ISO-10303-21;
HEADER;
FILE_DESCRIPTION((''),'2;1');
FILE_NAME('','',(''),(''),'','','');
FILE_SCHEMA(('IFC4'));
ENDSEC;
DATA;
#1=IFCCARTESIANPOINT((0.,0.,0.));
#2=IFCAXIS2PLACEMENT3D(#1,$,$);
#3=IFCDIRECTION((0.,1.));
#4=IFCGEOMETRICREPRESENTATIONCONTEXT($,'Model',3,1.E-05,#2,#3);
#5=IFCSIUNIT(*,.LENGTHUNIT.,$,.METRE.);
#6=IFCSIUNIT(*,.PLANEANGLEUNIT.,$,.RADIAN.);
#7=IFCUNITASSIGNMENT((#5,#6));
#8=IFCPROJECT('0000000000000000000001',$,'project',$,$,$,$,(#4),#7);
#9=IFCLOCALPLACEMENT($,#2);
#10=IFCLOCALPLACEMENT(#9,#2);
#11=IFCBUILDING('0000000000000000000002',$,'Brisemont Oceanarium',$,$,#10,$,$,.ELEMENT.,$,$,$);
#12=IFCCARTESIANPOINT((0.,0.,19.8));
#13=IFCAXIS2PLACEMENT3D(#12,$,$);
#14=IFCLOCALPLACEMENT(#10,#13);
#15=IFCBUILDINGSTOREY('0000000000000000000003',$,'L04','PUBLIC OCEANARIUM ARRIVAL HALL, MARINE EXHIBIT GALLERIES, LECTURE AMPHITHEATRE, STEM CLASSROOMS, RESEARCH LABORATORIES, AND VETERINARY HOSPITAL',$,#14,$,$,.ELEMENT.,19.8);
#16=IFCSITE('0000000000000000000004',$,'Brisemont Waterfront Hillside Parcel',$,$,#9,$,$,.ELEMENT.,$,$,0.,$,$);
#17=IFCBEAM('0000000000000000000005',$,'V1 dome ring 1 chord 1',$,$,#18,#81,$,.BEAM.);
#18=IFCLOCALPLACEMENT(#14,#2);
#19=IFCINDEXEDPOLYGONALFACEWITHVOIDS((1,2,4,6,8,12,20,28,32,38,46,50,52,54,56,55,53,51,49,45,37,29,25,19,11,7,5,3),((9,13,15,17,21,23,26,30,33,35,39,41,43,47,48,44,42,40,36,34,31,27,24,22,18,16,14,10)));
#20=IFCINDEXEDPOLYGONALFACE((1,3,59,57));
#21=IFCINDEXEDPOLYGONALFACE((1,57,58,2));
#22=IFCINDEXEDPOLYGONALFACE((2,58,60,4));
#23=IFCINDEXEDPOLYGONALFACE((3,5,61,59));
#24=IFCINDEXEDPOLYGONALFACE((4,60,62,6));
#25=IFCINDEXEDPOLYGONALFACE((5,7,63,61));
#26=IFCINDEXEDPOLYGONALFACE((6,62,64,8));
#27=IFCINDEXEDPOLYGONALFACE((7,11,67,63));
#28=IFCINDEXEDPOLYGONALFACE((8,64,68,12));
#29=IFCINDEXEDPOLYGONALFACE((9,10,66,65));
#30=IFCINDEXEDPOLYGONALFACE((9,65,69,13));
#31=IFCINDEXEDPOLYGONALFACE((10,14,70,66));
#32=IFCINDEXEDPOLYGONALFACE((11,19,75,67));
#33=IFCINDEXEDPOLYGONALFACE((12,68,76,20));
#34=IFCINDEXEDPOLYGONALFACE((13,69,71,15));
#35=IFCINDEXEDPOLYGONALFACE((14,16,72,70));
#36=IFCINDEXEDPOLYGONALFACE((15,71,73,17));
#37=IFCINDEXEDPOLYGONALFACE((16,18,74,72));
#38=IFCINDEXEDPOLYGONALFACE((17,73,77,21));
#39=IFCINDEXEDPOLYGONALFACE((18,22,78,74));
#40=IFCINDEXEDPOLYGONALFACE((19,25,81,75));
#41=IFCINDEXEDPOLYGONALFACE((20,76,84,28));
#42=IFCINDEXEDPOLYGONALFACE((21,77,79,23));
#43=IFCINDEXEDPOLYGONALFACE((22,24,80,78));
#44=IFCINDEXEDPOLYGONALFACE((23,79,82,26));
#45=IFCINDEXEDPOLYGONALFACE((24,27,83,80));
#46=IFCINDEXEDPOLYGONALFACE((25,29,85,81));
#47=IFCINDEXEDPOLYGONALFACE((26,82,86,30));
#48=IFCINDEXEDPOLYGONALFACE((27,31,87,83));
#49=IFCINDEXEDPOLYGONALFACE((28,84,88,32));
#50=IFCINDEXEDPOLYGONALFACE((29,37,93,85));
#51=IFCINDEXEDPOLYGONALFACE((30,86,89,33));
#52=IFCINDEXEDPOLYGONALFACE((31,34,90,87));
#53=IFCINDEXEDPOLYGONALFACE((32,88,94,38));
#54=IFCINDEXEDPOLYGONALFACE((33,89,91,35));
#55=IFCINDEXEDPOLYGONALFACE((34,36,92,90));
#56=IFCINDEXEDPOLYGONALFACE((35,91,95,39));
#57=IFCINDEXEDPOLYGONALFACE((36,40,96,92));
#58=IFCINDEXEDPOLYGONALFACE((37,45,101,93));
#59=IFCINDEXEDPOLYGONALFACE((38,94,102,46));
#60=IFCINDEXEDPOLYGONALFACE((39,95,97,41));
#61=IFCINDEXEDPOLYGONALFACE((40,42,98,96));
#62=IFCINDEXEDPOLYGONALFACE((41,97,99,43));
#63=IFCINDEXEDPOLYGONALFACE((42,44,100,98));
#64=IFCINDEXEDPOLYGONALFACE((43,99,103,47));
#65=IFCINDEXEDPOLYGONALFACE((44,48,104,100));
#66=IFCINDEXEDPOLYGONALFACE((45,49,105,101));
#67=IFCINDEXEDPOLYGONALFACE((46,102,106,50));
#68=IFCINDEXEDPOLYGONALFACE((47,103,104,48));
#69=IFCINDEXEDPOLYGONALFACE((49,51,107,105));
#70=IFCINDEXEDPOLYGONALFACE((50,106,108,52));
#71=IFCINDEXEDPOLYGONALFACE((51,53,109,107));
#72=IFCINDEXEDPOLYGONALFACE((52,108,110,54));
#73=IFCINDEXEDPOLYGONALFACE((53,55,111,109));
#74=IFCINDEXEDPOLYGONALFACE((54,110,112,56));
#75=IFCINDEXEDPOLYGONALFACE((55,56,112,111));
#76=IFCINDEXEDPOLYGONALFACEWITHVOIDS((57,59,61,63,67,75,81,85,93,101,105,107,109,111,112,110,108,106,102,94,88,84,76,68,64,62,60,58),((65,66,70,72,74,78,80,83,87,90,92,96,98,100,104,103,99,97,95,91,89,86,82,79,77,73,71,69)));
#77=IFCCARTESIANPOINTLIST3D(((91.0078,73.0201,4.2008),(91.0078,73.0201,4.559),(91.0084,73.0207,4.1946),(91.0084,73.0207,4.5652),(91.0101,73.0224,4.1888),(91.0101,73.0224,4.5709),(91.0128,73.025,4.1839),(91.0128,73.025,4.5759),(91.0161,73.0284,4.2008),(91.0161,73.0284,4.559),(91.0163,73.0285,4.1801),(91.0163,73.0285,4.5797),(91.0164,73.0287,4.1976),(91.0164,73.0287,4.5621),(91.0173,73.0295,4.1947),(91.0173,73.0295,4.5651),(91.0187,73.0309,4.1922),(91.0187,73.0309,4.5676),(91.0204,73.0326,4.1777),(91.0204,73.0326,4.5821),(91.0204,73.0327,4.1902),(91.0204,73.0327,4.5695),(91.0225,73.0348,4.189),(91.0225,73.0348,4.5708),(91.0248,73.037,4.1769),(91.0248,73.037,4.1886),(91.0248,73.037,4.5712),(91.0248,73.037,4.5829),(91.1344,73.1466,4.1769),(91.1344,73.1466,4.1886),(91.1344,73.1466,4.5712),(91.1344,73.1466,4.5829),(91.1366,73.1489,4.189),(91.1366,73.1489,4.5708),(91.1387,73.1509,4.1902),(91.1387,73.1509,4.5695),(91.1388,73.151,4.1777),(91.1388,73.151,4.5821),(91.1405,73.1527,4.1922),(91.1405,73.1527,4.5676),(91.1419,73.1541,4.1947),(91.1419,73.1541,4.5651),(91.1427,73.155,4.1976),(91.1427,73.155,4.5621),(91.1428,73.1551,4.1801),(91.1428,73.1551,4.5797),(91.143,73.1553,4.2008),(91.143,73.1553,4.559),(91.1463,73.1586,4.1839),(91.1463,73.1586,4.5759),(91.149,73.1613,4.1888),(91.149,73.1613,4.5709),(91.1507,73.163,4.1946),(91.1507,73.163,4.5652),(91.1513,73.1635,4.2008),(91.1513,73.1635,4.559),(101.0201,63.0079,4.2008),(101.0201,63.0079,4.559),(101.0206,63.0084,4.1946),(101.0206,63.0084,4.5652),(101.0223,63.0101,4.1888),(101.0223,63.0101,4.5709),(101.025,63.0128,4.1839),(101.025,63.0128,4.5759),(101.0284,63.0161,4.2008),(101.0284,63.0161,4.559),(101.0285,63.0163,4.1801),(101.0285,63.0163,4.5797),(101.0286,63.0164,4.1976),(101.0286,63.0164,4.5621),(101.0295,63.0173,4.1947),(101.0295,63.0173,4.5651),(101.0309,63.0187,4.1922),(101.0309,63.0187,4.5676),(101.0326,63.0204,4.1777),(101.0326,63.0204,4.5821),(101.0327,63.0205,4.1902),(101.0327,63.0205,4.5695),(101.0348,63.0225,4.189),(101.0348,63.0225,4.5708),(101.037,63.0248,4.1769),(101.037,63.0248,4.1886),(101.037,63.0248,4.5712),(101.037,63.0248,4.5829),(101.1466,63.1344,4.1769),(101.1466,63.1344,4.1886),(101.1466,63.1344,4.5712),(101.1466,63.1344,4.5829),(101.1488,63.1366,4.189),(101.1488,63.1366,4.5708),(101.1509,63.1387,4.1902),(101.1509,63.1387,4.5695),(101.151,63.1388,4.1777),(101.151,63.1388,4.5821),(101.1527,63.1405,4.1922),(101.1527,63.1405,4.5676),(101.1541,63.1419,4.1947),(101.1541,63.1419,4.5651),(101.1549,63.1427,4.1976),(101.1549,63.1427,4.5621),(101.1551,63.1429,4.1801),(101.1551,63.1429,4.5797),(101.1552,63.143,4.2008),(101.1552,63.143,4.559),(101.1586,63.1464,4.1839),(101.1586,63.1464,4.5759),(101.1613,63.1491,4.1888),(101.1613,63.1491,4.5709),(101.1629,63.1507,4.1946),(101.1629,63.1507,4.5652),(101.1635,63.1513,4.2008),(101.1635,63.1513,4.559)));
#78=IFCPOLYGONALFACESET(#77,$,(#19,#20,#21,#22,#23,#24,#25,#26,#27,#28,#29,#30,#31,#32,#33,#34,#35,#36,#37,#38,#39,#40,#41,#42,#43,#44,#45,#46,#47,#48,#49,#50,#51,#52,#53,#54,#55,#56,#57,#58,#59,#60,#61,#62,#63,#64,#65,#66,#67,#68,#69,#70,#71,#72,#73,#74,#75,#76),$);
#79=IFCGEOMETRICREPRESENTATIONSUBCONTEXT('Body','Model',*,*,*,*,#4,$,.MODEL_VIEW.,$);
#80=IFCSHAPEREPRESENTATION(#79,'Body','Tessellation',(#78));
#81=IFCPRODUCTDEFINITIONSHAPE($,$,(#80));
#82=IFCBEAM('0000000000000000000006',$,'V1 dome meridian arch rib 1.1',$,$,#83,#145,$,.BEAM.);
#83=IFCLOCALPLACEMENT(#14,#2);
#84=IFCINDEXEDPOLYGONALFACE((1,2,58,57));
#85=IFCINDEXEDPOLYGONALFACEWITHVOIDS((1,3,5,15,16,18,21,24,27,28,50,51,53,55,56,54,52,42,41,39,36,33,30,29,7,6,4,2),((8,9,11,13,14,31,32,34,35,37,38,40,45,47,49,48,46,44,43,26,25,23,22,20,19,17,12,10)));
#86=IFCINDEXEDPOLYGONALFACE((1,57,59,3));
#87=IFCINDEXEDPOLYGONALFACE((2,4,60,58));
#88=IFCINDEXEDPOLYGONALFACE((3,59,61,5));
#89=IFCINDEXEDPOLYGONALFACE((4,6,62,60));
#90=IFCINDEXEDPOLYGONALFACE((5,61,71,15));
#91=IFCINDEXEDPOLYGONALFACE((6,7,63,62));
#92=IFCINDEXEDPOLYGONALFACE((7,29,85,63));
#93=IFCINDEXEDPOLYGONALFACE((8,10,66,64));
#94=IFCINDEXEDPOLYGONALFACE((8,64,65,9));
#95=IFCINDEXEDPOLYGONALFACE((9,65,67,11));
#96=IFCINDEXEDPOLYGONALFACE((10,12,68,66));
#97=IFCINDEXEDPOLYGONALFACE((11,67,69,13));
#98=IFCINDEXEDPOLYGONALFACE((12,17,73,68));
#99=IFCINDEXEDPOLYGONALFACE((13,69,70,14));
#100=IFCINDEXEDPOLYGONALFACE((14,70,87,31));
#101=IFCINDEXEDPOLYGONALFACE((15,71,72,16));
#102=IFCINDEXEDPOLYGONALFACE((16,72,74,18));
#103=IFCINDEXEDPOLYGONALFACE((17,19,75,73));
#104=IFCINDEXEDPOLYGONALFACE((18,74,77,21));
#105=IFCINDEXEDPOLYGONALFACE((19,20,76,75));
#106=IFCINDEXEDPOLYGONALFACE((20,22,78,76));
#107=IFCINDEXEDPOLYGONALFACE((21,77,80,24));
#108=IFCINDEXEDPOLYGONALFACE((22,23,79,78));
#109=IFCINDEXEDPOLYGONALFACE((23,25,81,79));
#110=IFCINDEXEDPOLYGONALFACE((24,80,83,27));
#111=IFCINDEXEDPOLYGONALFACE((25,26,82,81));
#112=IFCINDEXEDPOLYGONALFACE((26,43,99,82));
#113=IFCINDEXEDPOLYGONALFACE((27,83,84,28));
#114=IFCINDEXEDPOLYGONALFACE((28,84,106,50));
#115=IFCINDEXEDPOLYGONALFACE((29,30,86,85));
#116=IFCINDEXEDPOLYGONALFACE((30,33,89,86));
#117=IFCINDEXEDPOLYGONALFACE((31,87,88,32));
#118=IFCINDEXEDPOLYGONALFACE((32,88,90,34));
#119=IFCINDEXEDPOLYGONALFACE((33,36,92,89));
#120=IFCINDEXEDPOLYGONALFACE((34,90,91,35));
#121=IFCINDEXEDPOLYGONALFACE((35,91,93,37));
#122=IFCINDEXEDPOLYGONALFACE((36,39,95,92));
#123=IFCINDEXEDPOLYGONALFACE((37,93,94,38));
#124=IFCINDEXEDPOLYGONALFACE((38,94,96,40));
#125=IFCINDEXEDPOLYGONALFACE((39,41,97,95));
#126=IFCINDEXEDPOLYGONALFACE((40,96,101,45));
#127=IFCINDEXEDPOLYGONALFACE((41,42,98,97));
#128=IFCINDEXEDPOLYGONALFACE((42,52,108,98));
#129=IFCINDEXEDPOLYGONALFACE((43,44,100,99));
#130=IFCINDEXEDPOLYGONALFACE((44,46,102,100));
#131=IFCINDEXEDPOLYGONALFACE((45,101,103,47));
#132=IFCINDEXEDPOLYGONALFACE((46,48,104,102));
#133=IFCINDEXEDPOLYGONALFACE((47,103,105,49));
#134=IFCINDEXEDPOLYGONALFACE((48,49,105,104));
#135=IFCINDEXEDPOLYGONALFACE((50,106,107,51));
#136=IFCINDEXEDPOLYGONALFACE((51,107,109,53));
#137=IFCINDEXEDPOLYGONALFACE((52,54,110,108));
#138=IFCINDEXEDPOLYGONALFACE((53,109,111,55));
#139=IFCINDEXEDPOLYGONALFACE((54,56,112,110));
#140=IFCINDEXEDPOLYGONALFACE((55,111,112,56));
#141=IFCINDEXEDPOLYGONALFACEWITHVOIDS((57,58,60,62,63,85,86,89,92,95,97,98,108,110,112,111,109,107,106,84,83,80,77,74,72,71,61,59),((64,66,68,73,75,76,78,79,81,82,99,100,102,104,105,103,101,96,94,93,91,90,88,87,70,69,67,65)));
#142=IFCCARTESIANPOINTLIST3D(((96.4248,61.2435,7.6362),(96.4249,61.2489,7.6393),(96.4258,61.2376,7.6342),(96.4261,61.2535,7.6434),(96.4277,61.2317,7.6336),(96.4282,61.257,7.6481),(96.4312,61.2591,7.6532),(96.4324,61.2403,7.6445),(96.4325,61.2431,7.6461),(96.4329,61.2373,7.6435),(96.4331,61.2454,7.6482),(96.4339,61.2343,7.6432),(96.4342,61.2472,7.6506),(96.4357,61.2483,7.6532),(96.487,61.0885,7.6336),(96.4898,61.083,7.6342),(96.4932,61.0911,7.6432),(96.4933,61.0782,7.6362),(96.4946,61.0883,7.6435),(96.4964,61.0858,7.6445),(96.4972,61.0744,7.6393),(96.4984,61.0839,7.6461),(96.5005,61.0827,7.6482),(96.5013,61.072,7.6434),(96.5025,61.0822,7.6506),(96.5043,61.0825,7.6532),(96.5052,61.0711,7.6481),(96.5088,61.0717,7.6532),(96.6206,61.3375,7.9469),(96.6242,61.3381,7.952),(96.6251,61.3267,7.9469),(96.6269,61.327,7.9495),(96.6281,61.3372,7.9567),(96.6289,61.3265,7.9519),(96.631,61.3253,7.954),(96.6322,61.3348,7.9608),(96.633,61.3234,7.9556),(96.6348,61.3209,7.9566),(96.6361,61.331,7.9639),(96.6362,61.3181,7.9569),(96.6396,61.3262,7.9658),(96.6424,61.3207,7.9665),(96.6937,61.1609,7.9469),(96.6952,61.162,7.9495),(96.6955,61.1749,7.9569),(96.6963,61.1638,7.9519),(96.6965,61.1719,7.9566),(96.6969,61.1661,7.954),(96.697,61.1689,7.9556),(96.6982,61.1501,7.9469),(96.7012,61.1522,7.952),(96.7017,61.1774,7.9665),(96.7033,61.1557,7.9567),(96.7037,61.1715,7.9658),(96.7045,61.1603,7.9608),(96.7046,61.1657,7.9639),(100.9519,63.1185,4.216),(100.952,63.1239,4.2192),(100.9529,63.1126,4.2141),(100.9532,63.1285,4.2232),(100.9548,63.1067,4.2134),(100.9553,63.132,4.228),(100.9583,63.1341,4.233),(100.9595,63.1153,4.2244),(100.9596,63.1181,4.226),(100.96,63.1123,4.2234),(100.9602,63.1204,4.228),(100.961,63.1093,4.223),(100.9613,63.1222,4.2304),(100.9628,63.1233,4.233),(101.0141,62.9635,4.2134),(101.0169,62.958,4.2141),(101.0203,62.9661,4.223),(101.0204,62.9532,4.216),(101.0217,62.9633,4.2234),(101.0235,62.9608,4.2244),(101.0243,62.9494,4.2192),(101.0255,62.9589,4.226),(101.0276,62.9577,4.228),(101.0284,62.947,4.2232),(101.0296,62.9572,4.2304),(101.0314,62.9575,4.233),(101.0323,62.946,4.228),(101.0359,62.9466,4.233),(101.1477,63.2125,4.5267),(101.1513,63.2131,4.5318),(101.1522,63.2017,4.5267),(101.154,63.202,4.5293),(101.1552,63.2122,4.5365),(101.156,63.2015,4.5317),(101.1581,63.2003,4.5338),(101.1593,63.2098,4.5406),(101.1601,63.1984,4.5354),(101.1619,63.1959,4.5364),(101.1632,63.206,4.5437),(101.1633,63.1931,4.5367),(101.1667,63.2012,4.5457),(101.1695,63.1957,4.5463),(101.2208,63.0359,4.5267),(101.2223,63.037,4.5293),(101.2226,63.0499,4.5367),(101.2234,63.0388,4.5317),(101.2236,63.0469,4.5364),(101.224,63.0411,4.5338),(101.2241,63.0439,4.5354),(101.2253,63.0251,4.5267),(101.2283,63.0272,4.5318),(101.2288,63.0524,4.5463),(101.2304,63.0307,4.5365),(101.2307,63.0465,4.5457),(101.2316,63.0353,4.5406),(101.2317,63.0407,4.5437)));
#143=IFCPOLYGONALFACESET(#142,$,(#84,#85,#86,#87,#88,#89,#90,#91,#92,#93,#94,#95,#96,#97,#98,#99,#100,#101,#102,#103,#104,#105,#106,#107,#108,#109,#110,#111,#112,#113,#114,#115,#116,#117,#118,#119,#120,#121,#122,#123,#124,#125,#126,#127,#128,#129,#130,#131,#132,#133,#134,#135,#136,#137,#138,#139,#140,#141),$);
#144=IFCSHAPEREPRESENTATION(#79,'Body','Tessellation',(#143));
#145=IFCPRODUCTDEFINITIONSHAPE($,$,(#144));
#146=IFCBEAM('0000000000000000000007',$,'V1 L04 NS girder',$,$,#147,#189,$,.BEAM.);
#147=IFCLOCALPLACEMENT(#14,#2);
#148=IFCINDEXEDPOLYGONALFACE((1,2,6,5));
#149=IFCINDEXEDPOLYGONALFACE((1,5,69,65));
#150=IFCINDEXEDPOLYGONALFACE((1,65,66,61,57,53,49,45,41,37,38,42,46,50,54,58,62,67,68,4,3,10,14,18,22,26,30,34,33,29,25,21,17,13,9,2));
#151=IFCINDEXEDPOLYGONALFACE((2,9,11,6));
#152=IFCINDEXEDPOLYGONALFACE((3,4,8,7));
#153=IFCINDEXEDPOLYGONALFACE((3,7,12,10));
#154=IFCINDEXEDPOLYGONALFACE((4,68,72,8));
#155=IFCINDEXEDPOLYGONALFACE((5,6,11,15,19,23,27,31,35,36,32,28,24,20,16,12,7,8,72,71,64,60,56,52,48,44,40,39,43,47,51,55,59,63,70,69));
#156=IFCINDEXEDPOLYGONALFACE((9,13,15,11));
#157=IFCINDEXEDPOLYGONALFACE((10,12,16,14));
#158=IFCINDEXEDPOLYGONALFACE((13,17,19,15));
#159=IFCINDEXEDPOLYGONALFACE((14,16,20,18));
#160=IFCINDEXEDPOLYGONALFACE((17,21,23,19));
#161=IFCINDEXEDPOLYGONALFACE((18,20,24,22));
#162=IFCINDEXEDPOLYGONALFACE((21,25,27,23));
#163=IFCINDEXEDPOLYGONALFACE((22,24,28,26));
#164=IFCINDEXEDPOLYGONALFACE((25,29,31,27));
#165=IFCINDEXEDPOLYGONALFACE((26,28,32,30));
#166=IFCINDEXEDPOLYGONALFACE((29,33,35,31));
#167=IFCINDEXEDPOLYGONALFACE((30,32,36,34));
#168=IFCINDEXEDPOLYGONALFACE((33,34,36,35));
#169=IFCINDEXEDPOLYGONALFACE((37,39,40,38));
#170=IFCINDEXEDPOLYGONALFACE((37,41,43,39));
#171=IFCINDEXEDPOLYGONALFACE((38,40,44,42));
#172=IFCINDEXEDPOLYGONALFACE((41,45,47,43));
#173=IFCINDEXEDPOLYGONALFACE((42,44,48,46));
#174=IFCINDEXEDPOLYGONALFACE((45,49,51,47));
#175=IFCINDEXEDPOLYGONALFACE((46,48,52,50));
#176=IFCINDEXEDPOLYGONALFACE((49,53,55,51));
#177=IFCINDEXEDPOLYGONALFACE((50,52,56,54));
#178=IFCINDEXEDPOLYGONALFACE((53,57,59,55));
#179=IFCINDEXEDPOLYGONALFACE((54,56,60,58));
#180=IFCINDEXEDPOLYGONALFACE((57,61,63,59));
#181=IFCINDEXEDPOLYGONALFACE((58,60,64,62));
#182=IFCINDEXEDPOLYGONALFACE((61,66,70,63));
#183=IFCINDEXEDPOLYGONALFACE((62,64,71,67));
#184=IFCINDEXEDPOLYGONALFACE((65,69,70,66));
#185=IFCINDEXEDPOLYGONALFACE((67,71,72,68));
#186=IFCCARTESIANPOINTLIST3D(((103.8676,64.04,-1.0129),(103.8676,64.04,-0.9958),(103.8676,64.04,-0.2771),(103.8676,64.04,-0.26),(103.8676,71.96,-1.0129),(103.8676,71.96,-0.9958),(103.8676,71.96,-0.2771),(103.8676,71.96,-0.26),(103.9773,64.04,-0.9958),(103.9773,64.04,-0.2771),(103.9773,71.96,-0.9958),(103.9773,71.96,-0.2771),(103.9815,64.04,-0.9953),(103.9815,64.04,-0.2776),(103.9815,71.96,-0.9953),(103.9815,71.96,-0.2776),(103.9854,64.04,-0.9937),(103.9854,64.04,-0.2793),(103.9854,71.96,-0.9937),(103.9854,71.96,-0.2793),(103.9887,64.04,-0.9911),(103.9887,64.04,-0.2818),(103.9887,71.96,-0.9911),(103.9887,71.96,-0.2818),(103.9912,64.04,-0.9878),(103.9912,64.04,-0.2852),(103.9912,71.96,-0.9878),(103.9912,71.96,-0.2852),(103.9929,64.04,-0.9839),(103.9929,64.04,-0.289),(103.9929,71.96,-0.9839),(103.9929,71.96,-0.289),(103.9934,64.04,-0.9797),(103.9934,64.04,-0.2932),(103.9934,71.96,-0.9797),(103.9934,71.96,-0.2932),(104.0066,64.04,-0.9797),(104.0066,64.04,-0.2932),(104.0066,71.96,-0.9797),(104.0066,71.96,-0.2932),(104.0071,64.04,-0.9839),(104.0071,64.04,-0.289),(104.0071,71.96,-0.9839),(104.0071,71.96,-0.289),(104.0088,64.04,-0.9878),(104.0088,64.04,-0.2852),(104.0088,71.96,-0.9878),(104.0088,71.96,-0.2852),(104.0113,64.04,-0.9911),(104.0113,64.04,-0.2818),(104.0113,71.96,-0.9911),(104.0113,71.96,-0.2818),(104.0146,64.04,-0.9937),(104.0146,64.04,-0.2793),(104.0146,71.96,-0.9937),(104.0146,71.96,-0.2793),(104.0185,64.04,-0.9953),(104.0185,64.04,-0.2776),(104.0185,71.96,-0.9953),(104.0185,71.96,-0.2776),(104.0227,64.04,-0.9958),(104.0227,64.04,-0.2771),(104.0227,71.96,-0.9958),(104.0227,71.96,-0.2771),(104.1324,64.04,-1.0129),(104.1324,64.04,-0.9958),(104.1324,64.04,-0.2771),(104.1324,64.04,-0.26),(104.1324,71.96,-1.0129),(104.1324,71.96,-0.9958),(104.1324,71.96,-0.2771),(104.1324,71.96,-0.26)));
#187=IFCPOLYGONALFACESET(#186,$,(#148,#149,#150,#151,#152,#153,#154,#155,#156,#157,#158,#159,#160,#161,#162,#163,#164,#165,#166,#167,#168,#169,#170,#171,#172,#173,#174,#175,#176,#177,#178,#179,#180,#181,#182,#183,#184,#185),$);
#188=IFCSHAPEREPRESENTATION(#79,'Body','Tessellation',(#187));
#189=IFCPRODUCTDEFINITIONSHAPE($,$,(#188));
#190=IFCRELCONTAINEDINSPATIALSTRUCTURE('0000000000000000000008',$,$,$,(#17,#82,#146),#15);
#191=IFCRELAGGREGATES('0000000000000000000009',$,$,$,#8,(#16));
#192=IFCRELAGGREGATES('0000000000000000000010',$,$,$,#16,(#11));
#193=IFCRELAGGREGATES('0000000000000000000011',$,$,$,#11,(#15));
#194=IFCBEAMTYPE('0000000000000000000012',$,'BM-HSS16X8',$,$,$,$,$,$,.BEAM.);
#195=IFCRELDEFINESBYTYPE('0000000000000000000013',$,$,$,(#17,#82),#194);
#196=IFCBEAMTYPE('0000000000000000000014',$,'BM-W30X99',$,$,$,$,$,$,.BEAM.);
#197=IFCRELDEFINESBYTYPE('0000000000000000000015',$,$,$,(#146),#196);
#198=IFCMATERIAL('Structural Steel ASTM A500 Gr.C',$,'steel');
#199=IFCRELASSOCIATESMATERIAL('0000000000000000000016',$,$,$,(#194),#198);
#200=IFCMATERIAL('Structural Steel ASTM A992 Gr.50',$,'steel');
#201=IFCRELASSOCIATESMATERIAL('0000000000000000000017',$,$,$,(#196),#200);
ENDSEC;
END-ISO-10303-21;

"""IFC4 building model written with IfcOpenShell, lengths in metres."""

from ifc_helpers import new_model, si_unit, direction, frame, origin, origin_2d, place, context, subcontext, project, spatial, hollow_rectangle, i_section, extrude, material, material_profile, profile_set, type_object, element, save


model = new_model("IFC4")

# Units and contexts
model_context = context("Model", 3, precision=1e-05, world=origin(), true_north=direction((0.0, 1.0)))
body_context = subcontext(model_context, "Body", "Model", "MODEL_VIEW")
ifc_project = project(units=[si_unit("LENGTHUNIT", "METRE"), si_unit("PLANEANGLEUNIT", "RADIAN")], contexts=[model_context])

# Site, building, storey
site_placement = place(None, origin())
site = spatial("IfcSite", under=ifc_project, at=site_placement, Name="Brisemont Waterfront Hillside Parcel", CompositionType="ELEMENT", RefElevation=0.0)
building_placement = place(site_placement, origin())
building = spatial("IfcBuilding", under=site, at=building_placement, Name="Brisemont Oceanarium", CompositionType="ELEMENT")
storey_placement = place(building_placement, frame((0.0, 0.0, 19.8)))
storey = spatial("IfcBuildingStorey", under=building, at=storey_placement, Name="L04", Description="PUBLIC OCEANARIUM ARRIVAL HALL, MARINE EXHIBIT GALLERIES, LECTURE AMPHITHEATRE, STEM CLASSROOMS, RESEARCH LABORATORIES, AND VETERINARY HOSPITAL", CompositionType="ELEMENT", Elevation=19.8)

# Beams
ifc_material_1 = material(Name="Structural Steel ASTM A500 Gr.C", Category="steel")
ifc_material_profile_1 = material_profile(ifc_material_1, hollow_rectangle(XDim=0.2029, YDim=0.406, WallThickness=0.0117, InnerFilletRadius=0.0122, OuterFilletRadius=0.0239, at=origin_2d()), Name="HSS16X8X1/2")
ifc_profile_set_1 = profile_set([ifc_material_profile_1], Name="Structural Steel ASTM A500 Gr.C")
beam_type_1 = type_object("IfcBeamType", Name="BM-HSS16X8", PredefinedType="BEAM", material=ifc_profile_set_1)
beam_1_placement = place(storey_placement, frame((101.0918, 63.0796, 4.3799), z_axis=(-0.707107, 0.707107, 0.0), x_axis=(-0.707107, -0.707107, 0.0)))
element("IfcBeam", 1, at=beam_1_placement, inside=storey, type_object=beam_type_1, Name="V1 dome ring 1 chord 1", PredefinedType="BEAM", context=body_context, shape_type="SweptSolid", body=[
    extrude(hollow_rectangle(XDim=0.2029, YDim=0.406, WallThickness=0.0117, InnerFilletRadius=0.0122, OuterFilletRadius=0.0239, at=origin_2d()), origin(), (0.0, 0.0, 1.0), 14.1594),
])
beam_2_placement = place(storey_placement, frame((101.0918, 63.0796, 4.3799), z_axis=(-0.757598, -0.313776, 0.572355), x_axis=(0.382651, -0.923893, 0.0)))
element("IfcBeam", 2, at=beam_2_placement, inside=storey, type_object=beam_type_1, Name="V1 dome meridian arch rib 1.1", PredefinedType="BEAM", context=body_context, shape_type="SweptSolid", body=[
    extrude(hollow_rectangle(XDim=0.2029, YDim=0.406, WallThickness=0.0117, InnerFilletRadius=0.0122, OuterFilletRadius=0.0239, at=origin_2d()), origin(), (0.0, 0.0, 1.0), 5.9756),
])
ifc_material_2 = material(Name="Structural Steel ASTM A992 Gr.50", Category="steel")
ifc_material_profile_2 = material_profile(ifc_material_2, i_section(OverallWidth=0.2649, OverallDepth=0.7529, WebThickness=0.0132, FlangeThickness=0.0171, FilletRadius=0.0161, at=origin_2d()), Name="W30X99")
ifc_profile_set_2 = profile_set([ifc_material_profile_2], Name="Structural Steel ASTM A992 Gr.50")
beam_type_2 = type_object("IfcBeamType", Name="BM-W30X99", PredefinedType="BEAM", material=ifc_profile_set_2)
beam_3_placement = place(storey_placement, frame((104.0, 64.04, -0.6365), z_axis=(0.0, 1.0, 0.0), x_axis=(-1.0, 0.0, 0.0)))
element("IfcBeam", 3, at=beam_3_placement, inside=storey, type_object=beam_type_2, Name="V1 L04 NS girder", PredefinedType="BEAM", context=body_context, shape_type="SweptSolid", body=[
    extrude(i_section(OverallWidth=0.2649, OverallDepth=0.7529, WebThickness=0.0132, FlangeThickness=0.0171, FilletRadius=0.0161, at=origin_2d()), origin(), (0.0, 0.0, 1.0), 7.9199),
])

save(model, "model.ifc")
